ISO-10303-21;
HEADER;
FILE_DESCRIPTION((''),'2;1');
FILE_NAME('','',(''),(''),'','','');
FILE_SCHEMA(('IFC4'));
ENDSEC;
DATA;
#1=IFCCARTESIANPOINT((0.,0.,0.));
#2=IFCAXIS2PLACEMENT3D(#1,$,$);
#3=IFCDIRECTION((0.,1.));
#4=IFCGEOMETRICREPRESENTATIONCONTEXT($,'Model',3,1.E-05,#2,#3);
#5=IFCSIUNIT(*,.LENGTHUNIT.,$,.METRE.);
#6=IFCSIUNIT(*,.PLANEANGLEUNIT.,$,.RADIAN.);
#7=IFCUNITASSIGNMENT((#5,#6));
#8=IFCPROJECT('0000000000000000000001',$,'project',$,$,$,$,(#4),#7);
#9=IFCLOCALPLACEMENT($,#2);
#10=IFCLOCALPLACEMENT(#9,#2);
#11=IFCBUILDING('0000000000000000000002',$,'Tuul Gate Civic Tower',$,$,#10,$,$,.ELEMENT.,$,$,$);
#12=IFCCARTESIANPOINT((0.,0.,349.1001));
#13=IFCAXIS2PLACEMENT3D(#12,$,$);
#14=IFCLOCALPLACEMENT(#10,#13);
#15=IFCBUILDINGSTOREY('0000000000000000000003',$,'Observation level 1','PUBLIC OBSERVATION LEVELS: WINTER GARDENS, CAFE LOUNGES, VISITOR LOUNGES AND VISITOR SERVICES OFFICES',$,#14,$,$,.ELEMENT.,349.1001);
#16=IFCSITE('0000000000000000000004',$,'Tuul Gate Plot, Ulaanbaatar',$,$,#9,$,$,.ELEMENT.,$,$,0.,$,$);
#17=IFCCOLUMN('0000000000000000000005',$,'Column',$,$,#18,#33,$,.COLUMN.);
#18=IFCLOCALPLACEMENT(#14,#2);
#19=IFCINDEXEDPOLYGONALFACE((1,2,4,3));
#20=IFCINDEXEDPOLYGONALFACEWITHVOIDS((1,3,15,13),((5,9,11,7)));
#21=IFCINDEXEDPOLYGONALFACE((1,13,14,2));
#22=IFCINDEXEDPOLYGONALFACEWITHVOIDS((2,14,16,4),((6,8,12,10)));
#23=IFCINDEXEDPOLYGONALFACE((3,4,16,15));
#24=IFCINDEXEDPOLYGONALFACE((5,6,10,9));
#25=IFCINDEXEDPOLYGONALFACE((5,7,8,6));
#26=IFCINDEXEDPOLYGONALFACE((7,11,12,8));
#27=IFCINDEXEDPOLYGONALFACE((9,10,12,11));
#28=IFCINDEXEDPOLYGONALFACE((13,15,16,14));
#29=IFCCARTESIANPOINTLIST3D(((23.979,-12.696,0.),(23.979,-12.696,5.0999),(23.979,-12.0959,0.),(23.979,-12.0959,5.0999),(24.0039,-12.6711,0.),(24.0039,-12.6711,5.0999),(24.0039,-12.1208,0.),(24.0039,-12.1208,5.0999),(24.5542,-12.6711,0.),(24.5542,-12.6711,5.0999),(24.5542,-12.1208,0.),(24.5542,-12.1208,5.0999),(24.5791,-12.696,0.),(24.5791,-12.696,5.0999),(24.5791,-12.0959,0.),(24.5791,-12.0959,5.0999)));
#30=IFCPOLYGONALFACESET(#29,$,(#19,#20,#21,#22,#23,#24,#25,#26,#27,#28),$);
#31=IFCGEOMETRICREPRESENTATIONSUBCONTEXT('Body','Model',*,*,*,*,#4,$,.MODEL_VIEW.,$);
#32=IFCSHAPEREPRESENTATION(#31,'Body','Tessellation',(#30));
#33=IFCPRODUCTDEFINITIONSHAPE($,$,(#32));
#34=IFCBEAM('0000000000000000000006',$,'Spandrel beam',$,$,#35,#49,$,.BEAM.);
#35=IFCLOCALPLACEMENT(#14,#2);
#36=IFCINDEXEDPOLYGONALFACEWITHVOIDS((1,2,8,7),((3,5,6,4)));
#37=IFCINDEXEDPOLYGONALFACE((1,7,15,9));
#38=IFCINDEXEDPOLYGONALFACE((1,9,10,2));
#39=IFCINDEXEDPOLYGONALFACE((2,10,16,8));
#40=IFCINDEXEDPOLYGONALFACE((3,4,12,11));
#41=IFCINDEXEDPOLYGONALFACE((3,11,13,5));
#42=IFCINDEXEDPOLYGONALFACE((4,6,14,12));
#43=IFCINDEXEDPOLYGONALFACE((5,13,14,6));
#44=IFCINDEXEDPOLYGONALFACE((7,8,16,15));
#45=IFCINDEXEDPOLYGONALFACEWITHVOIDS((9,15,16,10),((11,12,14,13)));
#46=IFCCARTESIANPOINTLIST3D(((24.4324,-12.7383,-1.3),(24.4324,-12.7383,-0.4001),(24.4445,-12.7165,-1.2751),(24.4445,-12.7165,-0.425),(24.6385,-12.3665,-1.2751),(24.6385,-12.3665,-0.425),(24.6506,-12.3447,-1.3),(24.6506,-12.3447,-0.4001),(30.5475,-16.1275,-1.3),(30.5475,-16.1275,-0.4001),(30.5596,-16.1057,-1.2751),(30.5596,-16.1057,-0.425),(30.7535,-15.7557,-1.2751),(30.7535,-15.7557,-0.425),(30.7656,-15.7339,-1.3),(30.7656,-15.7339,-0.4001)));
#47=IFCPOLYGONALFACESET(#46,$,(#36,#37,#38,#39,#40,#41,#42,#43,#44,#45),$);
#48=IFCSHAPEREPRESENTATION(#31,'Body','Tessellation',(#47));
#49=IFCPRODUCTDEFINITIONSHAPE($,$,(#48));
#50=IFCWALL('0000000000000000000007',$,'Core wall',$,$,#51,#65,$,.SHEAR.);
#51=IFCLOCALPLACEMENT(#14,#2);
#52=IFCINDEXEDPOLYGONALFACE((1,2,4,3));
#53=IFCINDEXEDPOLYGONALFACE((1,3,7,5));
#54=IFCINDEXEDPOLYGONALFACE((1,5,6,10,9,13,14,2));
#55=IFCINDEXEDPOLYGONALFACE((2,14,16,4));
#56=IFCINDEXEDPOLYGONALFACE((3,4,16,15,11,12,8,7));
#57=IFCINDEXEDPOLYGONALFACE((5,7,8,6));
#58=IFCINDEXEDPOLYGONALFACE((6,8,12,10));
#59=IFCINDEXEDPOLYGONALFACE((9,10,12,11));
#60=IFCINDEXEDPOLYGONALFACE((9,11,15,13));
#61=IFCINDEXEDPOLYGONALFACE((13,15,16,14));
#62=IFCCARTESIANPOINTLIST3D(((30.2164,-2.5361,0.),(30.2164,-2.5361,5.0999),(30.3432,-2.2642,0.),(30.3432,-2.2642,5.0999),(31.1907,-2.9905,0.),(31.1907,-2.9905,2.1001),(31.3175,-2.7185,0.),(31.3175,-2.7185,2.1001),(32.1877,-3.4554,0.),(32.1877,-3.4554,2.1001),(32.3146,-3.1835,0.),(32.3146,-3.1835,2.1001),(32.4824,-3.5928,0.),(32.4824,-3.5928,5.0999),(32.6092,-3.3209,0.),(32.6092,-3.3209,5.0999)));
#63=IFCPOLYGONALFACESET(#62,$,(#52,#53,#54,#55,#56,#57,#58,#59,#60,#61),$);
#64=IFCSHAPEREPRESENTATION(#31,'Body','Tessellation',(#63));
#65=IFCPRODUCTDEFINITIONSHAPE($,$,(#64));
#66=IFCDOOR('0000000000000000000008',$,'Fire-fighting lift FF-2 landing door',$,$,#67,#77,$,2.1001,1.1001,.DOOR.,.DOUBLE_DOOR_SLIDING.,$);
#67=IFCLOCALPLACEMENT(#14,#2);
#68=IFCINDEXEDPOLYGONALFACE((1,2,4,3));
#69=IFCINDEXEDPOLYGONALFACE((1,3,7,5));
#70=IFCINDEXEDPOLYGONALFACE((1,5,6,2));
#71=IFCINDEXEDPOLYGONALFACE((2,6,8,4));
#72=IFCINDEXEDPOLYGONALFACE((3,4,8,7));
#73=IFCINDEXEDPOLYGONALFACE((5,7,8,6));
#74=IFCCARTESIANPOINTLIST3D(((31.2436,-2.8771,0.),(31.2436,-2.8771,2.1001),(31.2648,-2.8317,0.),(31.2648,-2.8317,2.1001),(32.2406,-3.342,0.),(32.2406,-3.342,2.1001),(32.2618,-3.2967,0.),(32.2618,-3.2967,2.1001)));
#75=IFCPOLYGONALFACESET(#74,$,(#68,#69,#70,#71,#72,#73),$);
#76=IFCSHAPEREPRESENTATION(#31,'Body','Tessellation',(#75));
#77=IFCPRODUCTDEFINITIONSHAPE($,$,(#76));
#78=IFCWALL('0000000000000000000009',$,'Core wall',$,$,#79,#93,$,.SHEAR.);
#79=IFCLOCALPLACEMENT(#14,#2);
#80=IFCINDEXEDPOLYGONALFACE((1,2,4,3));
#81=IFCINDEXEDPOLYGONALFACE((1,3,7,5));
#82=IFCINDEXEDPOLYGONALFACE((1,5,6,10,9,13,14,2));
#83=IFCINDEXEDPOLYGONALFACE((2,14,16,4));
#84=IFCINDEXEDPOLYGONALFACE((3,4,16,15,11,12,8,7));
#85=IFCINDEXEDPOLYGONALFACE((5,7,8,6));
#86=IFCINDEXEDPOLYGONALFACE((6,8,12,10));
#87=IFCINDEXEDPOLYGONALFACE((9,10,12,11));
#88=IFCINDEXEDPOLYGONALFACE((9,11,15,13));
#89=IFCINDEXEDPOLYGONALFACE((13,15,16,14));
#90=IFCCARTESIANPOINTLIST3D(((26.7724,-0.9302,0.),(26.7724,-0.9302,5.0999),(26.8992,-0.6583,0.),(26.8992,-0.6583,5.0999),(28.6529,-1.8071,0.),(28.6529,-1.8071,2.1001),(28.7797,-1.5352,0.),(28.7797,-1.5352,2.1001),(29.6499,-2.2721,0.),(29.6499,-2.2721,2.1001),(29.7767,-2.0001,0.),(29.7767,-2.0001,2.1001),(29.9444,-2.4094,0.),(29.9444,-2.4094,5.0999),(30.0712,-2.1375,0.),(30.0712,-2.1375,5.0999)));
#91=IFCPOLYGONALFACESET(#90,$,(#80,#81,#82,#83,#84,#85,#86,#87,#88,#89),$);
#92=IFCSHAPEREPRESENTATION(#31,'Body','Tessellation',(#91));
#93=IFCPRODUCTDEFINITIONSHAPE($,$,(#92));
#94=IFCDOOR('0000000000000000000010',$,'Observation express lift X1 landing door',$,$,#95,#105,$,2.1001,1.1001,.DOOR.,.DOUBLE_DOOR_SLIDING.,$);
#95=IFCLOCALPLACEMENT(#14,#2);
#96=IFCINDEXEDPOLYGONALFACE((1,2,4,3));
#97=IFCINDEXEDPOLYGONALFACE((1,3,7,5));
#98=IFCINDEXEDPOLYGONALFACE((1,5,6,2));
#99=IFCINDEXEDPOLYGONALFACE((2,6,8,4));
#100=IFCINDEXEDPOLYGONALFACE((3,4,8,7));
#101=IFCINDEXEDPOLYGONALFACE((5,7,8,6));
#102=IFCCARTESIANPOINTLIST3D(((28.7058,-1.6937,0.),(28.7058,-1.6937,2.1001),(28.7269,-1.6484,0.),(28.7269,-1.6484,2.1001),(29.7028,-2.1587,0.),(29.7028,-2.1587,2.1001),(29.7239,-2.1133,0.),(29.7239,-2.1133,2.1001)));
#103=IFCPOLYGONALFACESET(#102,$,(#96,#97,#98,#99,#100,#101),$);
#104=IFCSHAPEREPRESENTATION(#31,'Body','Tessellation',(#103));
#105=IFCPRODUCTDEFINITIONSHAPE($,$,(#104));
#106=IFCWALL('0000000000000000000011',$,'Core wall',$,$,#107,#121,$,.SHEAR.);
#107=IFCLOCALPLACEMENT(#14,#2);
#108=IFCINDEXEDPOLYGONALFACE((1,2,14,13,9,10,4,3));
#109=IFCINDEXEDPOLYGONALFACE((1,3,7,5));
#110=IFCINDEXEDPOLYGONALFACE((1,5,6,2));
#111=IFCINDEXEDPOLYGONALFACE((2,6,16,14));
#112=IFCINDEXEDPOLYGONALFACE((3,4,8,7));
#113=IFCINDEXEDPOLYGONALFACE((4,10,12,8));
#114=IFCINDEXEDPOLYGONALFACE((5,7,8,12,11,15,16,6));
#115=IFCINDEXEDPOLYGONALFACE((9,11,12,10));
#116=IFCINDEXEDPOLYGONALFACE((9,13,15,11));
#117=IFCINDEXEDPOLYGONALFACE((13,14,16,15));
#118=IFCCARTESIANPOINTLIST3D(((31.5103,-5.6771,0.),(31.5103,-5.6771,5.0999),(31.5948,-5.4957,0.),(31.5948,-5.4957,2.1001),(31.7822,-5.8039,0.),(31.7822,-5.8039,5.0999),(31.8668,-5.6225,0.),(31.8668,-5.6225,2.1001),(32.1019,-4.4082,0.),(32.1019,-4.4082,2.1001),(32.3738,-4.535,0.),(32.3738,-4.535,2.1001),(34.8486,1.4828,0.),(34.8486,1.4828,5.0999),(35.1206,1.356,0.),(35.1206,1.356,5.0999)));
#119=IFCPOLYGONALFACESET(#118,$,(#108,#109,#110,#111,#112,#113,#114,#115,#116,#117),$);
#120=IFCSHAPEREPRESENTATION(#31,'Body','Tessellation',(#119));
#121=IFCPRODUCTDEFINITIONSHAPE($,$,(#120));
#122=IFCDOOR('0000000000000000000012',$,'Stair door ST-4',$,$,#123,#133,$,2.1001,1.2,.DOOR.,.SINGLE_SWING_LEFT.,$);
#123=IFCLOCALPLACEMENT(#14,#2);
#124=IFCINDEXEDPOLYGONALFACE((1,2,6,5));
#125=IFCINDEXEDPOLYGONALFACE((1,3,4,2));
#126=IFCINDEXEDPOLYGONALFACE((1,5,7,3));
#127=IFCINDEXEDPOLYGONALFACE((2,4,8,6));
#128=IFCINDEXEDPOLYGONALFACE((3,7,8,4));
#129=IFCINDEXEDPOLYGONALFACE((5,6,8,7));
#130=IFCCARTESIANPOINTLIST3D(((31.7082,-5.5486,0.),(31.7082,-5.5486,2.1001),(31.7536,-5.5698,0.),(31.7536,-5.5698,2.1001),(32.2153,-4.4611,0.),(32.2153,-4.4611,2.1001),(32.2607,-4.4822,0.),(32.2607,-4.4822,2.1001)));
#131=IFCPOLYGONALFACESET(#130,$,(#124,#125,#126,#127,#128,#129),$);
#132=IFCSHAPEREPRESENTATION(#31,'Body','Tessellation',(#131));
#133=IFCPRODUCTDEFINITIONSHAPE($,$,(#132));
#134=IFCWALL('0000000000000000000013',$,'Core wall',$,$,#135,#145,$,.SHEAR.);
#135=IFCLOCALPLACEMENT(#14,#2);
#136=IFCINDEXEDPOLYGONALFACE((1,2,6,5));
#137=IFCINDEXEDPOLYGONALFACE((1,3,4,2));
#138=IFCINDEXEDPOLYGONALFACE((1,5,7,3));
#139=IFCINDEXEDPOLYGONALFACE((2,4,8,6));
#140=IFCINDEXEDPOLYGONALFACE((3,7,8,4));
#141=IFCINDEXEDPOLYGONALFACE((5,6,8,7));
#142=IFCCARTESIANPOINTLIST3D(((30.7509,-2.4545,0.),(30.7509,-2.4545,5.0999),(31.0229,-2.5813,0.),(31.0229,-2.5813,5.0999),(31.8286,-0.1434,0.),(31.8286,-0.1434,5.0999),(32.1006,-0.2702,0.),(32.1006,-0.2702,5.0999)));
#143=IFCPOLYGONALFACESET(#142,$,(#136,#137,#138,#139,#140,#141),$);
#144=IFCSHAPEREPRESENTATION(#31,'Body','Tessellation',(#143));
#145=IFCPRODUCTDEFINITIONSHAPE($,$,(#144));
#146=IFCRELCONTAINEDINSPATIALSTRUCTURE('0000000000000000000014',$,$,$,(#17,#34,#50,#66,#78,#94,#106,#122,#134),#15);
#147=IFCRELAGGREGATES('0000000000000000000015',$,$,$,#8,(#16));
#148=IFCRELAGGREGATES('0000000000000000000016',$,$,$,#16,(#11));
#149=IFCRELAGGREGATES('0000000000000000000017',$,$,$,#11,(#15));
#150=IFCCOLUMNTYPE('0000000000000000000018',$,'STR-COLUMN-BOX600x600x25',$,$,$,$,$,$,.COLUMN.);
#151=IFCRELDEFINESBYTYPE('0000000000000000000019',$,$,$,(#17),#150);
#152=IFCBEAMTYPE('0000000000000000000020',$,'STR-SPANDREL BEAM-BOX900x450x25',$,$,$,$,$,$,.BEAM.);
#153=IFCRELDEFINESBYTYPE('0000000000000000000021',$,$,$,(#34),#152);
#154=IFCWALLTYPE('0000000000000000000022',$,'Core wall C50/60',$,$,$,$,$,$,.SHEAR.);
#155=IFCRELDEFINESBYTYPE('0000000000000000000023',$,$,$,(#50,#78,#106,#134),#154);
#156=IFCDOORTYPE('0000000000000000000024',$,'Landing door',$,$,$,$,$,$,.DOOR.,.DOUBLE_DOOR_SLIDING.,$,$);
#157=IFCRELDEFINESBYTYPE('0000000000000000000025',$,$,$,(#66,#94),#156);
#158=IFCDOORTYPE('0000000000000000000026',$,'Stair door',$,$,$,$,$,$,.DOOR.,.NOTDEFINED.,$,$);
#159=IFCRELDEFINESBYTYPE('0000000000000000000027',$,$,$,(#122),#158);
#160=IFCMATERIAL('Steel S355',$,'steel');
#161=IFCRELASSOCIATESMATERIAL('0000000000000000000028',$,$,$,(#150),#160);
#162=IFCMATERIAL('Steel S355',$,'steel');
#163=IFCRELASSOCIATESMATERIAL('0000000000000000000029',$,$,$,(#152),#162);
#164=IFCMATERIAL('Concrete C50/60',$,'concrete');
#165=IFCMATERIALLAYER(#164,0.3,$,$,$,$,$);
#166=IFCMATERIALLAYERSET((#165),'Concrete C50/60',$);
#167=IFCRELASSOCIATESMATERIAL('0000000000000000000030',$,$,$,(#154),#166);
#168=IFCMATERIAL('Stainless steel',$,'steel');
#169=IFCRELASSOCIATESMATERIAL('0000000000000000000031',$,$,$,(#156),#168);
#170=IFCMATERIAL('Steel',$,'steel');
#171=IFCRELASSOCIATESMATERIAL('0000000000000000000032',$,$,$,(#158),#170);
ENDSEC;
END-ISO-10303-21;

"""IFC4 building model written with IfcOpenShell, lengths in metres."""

from ifc_helpers import new_model, si_unit, direction, frame, frame_2d, origin, origin_2d, place, context, subcontext, project, spatial, rectangle, hollow_rectangle, extrude, material, layer, layer_set, material_profile, profile_set, type_object, element, fill, save


model = new_model("IFC4")

# Units and contexts
model_context = context("Model", 3, precision=1e-05, world=origin(), true_north=direction((0.0, 1.0)))
body_context = subcontext(model_context, "Body", "Model", "MODEL_VIEW")
ifc_project = project(units=[si_unit("LENGTHUNIT", "METRE"), si_unit("PLANEANGLEUNIT", "RADIAN")], contexts=[model_context])

# Site, building, storey
site_placement = place(None, origin())
site = spatial("IfcSite", under=ifc_project, at=site_placement, Name="Tuul Gate Plot, Ulaanbaatar", CompositionType="ELEMENT", RefElevation=0.0)
building_placement = place(site_placement, origin())
building = spatial("IfcBuilding", under=site, at=building_placement, Name="Tuul Gate Civic Tower", CompositionType="ELEMENT")
storey_placement = place(building_placement, frame((0.0, 0.0, 349.1001)))
storey = spatial("IfcBuildingStorey", under=building, at=storey_placement, Name="Observation level 1", Description="PUBLIC OBSERVATION LEVELS: WINTER GARDENS, CAFE LOUNGES, VISITOR LOUNGES AND VISITOR SERVICES OFFICES", CompositionType="ELEMENT", Elevation=349.1001)

# Column
ifc_material_1 = material(Name="Steel S355", Category="steel")
ifc_material_profile_1 = material_profile(ifc_material_1, hollow_rectangle(XDim=0.6001, YDim=0.6001, WallThickness=0.0249, at=origin_2d()), Name="BOX600x600x25")
ifc_profile_set_1 = profile_set([ifc_material_profile_1], Name="Steel S355")
column_type = type_object("IfcColumnType", Name="STR-COLUMN-BOX600x600x25", PredefinedType="COLUMN", material=ifc_profile_set_1)
column_placement = place(storey_placement, frame((24.2791, -12.396, 0.0), z_axis=(0.0, 0.0, 1.0), x_axis=(1.0, 0.0, 0.0)))
element("IfcColumn", 1, at=column_placement, inside=storey, type_object=column_type, Name="Column", PredefinedType="COLUMN", context=body_context, shape_type="SweptSolid", body=[
    extrude(hollow_rectangle(XDim=0.6001, YDim=0.6001, WallThickness=0.0249, at=origin_2d()), origin(), (0.0, 0.0, 1.0), 5.0999),
])

# Beam
ifc_material_2 = material(Name="Steel S355", Category="steel")
ifc_material_profile_2 = material_profile(ifc_material_2, hollow_rectangle(XDim=0.45, YDim=0.8999, WallThickness=0.0249, at=origin_2d()), Name="BOX900x450x25")
ifc_profile_set_2 = profile_set([ifc_material_profile_2], Name="Steel S355")
beam_type = type_object("IfcBeamType", Name="STR-SPANDREL BEAM-BOX900x450x25", PredefinedType="BEAM", material=ifc_profile_set_2)
beam_placement = place(storey_placement, frame((24.5415, -12.5415, -0.8501), z_axis=(0.874646, -0.484762, 0.0), x_axis=(0.484762, 0.874646, 0.0)))
element("IfcBeam", 2, at=beam_placement, inside=storey, type_object=beam_type, Name="Spandrel beam", PredefinedType="BEAM", context=body_context, shape_type="SweptSolid", body=[
    extrude(hollow_rectangle(XDim=0.45, YDim=0.8999, WallThickness=0.0249, at=origin_2d()), origin(), (0.0, 0.0, 1.0), 6.9915),
])

# Walls, openings, doors
ifc_material_3 = material(Name="Concrete C50/60", Category="concrete")
ifc_layer_1 = layer(ifc_material_3, 0.3)
ifc_layer_set_1 = layer_set([ifc_layer_1], Name="Concrete C50/60")
wall_type_1 = type_object("IfcWallType", Name="Core wall C50/60", PredefinedType="SHEAR", material=ifc_layer_set_1)
wall_1_placement = place(storey_placement, frame((32.5457, -3.4568, 0.0), z_axis=(0.0, 0.0, 1.0), x_axis=(-0.9063, 0.422634, 0.0)))
wall_1 = element("IfcWall", 3, at=wall_1_placement, inside=storey, type_object=wall_type_1, Name="Core wall", PredefinedType="SHEAR", context=body_context, shape_type="SweptSolid", body=[
    extrude(rectangle(XDim=2.5002, YDim=0.3, at=frame_2d((1.25, 0.0))), origin(), (0.0, 0.0, 1.0), 5.0999),
])
opening_1_placement = place(wall_1_placement, frame((0.325, 0.0, 0.0)))
opening_1 = element("IfcOpeningElement", 4, at=opening_1_placement, cuts=wall_1, PredefinedType="OPENING", context=body_context, shape_type="SweptSolid", body=[
    extrude(rectangle(XDim=1.1001, YDim=2.1001, at=frame_2d((0.55, 1.05))), frame((0.0, 0.1602, 0.0), z_axis=(0.0, -1.0, 0.0), x_axis=(1.0, 0.0, 0.0)), (0.0, 0.0, 1.0), 0.3201),
])
ifc_material_4 = material(Name="Stainless steel", Category="steel")
door_type_1 = type_object("IfcDoorType", Name="Landing door", OperationType="DOUBLE_DOOR_SLIDING", PredefinedType="DOOR", material=ifc_material_4)
door_1_placement = place(opening_1_placement, origin())
door_1 = element("IfcDoor", 5, at=door_1_placement, inside=storey, type_object=door_type_1, Name="Fire-fighting lift FF-2 landing door", OperationType="DOUBLE_DOOR_SLIDING", OverallHeight=2.1001, OverallWidth=1.1001, PredefinedType="DOOR", context=body_context, shape_type="SweptSolid", body=[
    extrude(rectangle(XDim=1.1001, YDim=2.1001, at=frame_2d((0.55, 1.05))), frame((0.0, 0.0249, 0.0), z_axis=(0.0, -1.0, 0.0), x_axis=(1.0, 0.0, 0.0)), (0.0, 0.0, 1.0), 0.05),
])
fill(opening_1, door_1)
wall_2_placement = place(storey_placement, frame((30.0078, -2.2734, 0.0), z_axis=(0.0, 0.0, 1.0), x_axis=(-0.906301, 0.422633, 0.0)))
wall_2 = element("IfcWall", 6, at=wall_2_placement, inside=storey, type_object=wall_type_1, Name="Core wall", PredefinedType="SHEAR", context=body_context, shape_type="SweptSolid", body=[
    extrude(rectangle(XDim=3.5, YDim=0.3, at=frame_2d((1.75, 0.0))), origin(), (0.0, 0.0, 1.0), 5.0999),
])
opening_2_placement = place(wall_2_placement, frame((0.325, 0.0, 0.0)))
opening_2 = element("IfcOpeningElement", 7, at=opening_2_placement, cuts=wall_2, PredefinedType="OPENING", context=body_context, shape_type="SweptSolid", body=[
    extrude(rectangle(XDim=1.1001, YDim=2.1001, at=frame_2d((0.55, 1.05))), frame((0.0, 0.1602, 0.0), z_axis=(0.0, -1.0, 0.0), x_axis=(1.0, 0.0, 0.0)), (0.0, 0.0, 1.0), 0.3201),
])
door_2_placement = place(opening_2_placement, origin())
door_2 = element("IfcDoor", 8, at=door_2_placement, inside=storey, type_object=door_type_1, Name="Observation express lift X1 landing door", OperationType="DOUBLE_DOOR_SLIDING", OverallHeight=2.1001, OverallWidth=1.1001, PredefinedType="DOOR", context=body_context, shape_type="SweptSolid", body=[
    extrude(rectangle(XDim=1.1001, YDim=2.1001, at=frame_2d((0.55, 1.05))), frame((0.0, 0.0249, 0.0), z_axis=(0.0, -1.0, 0.0), x_axis=(1.0, 0.0, 0.0)), (0.0, 0.0, 1.0), 0.05),
])
fill(opening_2, door_2)
wall_3_placement = place(storey_placement, frame((31.6462, -5.7405, 0.0), z_axis=(0.0, 0.0, 1.0), x_axis=(0.422583, 0.906324, 0.0)))
wall_3 = element("IfcWall", 9, at=wall_3_placement, inside=storey, type_object=wall_type_1, Name="Core wall", PredefinedType="SHEAR", context=body_context, shape_type="SweptSolid", body=[
    extrude(rectangle(XDim=7.8999, YDim=0.3, at=frame_2d((3.95, 0.0))), origin(), (0.0, 0.0, 1.0), 5.0999),
])
opening_3_placement = place(wall_3_placement, frame((0.2, 0.0, 0.0)))
opening_3 = element("IfcOpeningElement", 10, at=opening_3_placement, cuts=wall_3, PredefinedType="OPENING", context=body_context, shape_type="SweptSolid", body=[
    extrude(rectangle(XDim=1.2, YDim=2.1001, at=frame_2d((0.6001, 1.05))), frame((0.0, 0.1602, 0.0), z_axis=(0.0, -1.0, 0.0), x_axis=(1.0, 0.0, 0.0)), (0.0, 0.0, 1.0), 0.3201),
])
ifc_material_5 = material(Name="Steel", Category="steel")
door_type_2 = type_object("IfcDoorType", Name="Stair door", OperationType="NOTDEFINED", PredefinedType="DOOR", material=ifc_material_5)
door_3_placement = place(opening_3_placement, origin())
door_3 = element("IfcDoor", 11, at=door_3_placement, inside=storey, type_object=door_type_2, Name="Stair door ST-4", OperationType="SINGLE_SWING_LEFT", OverallHeight=2.1001, OverallWidth=1.2, PredefinedType="DOOR", context=body_context, shape_type="SweptSolid", body=[
    extrude(rectangle(XDim=1.2, YDim=2.1001, at=frame_2d((0.6001, 1.05))), frame((0.0, 0.0249, 0.0), z_axis=(0.0, -1.0, 0.0), x_axis=(1.0, 0.0, 0.0)), (0.0, 0.0, 1.0), 0.05),
])
fill(opening_3, door_3)

# Wall
wall_4_placement = place(storey_placement, frame((30.887, -2.5178, 0.0), z_axis=(0.0, 0.0, 1.0), x_axis=(0.422613, 0.90631, 0.0)))
element("IfcWall", 12, at=wall_4_placement, inside=storey, type_object=wall_type_1, Name="Core wall", PredefinedType="SHEAR", context=body_context, shape_type="SweptSolid", body=[
    extrude(rectangle(XDim=2.55, YDim=0.3, at=frame_2d((1.2749, 0.0))), origin(), (0.0, 0.0, 1.0), 5.0999),
])

save(model, "model.ifc")
